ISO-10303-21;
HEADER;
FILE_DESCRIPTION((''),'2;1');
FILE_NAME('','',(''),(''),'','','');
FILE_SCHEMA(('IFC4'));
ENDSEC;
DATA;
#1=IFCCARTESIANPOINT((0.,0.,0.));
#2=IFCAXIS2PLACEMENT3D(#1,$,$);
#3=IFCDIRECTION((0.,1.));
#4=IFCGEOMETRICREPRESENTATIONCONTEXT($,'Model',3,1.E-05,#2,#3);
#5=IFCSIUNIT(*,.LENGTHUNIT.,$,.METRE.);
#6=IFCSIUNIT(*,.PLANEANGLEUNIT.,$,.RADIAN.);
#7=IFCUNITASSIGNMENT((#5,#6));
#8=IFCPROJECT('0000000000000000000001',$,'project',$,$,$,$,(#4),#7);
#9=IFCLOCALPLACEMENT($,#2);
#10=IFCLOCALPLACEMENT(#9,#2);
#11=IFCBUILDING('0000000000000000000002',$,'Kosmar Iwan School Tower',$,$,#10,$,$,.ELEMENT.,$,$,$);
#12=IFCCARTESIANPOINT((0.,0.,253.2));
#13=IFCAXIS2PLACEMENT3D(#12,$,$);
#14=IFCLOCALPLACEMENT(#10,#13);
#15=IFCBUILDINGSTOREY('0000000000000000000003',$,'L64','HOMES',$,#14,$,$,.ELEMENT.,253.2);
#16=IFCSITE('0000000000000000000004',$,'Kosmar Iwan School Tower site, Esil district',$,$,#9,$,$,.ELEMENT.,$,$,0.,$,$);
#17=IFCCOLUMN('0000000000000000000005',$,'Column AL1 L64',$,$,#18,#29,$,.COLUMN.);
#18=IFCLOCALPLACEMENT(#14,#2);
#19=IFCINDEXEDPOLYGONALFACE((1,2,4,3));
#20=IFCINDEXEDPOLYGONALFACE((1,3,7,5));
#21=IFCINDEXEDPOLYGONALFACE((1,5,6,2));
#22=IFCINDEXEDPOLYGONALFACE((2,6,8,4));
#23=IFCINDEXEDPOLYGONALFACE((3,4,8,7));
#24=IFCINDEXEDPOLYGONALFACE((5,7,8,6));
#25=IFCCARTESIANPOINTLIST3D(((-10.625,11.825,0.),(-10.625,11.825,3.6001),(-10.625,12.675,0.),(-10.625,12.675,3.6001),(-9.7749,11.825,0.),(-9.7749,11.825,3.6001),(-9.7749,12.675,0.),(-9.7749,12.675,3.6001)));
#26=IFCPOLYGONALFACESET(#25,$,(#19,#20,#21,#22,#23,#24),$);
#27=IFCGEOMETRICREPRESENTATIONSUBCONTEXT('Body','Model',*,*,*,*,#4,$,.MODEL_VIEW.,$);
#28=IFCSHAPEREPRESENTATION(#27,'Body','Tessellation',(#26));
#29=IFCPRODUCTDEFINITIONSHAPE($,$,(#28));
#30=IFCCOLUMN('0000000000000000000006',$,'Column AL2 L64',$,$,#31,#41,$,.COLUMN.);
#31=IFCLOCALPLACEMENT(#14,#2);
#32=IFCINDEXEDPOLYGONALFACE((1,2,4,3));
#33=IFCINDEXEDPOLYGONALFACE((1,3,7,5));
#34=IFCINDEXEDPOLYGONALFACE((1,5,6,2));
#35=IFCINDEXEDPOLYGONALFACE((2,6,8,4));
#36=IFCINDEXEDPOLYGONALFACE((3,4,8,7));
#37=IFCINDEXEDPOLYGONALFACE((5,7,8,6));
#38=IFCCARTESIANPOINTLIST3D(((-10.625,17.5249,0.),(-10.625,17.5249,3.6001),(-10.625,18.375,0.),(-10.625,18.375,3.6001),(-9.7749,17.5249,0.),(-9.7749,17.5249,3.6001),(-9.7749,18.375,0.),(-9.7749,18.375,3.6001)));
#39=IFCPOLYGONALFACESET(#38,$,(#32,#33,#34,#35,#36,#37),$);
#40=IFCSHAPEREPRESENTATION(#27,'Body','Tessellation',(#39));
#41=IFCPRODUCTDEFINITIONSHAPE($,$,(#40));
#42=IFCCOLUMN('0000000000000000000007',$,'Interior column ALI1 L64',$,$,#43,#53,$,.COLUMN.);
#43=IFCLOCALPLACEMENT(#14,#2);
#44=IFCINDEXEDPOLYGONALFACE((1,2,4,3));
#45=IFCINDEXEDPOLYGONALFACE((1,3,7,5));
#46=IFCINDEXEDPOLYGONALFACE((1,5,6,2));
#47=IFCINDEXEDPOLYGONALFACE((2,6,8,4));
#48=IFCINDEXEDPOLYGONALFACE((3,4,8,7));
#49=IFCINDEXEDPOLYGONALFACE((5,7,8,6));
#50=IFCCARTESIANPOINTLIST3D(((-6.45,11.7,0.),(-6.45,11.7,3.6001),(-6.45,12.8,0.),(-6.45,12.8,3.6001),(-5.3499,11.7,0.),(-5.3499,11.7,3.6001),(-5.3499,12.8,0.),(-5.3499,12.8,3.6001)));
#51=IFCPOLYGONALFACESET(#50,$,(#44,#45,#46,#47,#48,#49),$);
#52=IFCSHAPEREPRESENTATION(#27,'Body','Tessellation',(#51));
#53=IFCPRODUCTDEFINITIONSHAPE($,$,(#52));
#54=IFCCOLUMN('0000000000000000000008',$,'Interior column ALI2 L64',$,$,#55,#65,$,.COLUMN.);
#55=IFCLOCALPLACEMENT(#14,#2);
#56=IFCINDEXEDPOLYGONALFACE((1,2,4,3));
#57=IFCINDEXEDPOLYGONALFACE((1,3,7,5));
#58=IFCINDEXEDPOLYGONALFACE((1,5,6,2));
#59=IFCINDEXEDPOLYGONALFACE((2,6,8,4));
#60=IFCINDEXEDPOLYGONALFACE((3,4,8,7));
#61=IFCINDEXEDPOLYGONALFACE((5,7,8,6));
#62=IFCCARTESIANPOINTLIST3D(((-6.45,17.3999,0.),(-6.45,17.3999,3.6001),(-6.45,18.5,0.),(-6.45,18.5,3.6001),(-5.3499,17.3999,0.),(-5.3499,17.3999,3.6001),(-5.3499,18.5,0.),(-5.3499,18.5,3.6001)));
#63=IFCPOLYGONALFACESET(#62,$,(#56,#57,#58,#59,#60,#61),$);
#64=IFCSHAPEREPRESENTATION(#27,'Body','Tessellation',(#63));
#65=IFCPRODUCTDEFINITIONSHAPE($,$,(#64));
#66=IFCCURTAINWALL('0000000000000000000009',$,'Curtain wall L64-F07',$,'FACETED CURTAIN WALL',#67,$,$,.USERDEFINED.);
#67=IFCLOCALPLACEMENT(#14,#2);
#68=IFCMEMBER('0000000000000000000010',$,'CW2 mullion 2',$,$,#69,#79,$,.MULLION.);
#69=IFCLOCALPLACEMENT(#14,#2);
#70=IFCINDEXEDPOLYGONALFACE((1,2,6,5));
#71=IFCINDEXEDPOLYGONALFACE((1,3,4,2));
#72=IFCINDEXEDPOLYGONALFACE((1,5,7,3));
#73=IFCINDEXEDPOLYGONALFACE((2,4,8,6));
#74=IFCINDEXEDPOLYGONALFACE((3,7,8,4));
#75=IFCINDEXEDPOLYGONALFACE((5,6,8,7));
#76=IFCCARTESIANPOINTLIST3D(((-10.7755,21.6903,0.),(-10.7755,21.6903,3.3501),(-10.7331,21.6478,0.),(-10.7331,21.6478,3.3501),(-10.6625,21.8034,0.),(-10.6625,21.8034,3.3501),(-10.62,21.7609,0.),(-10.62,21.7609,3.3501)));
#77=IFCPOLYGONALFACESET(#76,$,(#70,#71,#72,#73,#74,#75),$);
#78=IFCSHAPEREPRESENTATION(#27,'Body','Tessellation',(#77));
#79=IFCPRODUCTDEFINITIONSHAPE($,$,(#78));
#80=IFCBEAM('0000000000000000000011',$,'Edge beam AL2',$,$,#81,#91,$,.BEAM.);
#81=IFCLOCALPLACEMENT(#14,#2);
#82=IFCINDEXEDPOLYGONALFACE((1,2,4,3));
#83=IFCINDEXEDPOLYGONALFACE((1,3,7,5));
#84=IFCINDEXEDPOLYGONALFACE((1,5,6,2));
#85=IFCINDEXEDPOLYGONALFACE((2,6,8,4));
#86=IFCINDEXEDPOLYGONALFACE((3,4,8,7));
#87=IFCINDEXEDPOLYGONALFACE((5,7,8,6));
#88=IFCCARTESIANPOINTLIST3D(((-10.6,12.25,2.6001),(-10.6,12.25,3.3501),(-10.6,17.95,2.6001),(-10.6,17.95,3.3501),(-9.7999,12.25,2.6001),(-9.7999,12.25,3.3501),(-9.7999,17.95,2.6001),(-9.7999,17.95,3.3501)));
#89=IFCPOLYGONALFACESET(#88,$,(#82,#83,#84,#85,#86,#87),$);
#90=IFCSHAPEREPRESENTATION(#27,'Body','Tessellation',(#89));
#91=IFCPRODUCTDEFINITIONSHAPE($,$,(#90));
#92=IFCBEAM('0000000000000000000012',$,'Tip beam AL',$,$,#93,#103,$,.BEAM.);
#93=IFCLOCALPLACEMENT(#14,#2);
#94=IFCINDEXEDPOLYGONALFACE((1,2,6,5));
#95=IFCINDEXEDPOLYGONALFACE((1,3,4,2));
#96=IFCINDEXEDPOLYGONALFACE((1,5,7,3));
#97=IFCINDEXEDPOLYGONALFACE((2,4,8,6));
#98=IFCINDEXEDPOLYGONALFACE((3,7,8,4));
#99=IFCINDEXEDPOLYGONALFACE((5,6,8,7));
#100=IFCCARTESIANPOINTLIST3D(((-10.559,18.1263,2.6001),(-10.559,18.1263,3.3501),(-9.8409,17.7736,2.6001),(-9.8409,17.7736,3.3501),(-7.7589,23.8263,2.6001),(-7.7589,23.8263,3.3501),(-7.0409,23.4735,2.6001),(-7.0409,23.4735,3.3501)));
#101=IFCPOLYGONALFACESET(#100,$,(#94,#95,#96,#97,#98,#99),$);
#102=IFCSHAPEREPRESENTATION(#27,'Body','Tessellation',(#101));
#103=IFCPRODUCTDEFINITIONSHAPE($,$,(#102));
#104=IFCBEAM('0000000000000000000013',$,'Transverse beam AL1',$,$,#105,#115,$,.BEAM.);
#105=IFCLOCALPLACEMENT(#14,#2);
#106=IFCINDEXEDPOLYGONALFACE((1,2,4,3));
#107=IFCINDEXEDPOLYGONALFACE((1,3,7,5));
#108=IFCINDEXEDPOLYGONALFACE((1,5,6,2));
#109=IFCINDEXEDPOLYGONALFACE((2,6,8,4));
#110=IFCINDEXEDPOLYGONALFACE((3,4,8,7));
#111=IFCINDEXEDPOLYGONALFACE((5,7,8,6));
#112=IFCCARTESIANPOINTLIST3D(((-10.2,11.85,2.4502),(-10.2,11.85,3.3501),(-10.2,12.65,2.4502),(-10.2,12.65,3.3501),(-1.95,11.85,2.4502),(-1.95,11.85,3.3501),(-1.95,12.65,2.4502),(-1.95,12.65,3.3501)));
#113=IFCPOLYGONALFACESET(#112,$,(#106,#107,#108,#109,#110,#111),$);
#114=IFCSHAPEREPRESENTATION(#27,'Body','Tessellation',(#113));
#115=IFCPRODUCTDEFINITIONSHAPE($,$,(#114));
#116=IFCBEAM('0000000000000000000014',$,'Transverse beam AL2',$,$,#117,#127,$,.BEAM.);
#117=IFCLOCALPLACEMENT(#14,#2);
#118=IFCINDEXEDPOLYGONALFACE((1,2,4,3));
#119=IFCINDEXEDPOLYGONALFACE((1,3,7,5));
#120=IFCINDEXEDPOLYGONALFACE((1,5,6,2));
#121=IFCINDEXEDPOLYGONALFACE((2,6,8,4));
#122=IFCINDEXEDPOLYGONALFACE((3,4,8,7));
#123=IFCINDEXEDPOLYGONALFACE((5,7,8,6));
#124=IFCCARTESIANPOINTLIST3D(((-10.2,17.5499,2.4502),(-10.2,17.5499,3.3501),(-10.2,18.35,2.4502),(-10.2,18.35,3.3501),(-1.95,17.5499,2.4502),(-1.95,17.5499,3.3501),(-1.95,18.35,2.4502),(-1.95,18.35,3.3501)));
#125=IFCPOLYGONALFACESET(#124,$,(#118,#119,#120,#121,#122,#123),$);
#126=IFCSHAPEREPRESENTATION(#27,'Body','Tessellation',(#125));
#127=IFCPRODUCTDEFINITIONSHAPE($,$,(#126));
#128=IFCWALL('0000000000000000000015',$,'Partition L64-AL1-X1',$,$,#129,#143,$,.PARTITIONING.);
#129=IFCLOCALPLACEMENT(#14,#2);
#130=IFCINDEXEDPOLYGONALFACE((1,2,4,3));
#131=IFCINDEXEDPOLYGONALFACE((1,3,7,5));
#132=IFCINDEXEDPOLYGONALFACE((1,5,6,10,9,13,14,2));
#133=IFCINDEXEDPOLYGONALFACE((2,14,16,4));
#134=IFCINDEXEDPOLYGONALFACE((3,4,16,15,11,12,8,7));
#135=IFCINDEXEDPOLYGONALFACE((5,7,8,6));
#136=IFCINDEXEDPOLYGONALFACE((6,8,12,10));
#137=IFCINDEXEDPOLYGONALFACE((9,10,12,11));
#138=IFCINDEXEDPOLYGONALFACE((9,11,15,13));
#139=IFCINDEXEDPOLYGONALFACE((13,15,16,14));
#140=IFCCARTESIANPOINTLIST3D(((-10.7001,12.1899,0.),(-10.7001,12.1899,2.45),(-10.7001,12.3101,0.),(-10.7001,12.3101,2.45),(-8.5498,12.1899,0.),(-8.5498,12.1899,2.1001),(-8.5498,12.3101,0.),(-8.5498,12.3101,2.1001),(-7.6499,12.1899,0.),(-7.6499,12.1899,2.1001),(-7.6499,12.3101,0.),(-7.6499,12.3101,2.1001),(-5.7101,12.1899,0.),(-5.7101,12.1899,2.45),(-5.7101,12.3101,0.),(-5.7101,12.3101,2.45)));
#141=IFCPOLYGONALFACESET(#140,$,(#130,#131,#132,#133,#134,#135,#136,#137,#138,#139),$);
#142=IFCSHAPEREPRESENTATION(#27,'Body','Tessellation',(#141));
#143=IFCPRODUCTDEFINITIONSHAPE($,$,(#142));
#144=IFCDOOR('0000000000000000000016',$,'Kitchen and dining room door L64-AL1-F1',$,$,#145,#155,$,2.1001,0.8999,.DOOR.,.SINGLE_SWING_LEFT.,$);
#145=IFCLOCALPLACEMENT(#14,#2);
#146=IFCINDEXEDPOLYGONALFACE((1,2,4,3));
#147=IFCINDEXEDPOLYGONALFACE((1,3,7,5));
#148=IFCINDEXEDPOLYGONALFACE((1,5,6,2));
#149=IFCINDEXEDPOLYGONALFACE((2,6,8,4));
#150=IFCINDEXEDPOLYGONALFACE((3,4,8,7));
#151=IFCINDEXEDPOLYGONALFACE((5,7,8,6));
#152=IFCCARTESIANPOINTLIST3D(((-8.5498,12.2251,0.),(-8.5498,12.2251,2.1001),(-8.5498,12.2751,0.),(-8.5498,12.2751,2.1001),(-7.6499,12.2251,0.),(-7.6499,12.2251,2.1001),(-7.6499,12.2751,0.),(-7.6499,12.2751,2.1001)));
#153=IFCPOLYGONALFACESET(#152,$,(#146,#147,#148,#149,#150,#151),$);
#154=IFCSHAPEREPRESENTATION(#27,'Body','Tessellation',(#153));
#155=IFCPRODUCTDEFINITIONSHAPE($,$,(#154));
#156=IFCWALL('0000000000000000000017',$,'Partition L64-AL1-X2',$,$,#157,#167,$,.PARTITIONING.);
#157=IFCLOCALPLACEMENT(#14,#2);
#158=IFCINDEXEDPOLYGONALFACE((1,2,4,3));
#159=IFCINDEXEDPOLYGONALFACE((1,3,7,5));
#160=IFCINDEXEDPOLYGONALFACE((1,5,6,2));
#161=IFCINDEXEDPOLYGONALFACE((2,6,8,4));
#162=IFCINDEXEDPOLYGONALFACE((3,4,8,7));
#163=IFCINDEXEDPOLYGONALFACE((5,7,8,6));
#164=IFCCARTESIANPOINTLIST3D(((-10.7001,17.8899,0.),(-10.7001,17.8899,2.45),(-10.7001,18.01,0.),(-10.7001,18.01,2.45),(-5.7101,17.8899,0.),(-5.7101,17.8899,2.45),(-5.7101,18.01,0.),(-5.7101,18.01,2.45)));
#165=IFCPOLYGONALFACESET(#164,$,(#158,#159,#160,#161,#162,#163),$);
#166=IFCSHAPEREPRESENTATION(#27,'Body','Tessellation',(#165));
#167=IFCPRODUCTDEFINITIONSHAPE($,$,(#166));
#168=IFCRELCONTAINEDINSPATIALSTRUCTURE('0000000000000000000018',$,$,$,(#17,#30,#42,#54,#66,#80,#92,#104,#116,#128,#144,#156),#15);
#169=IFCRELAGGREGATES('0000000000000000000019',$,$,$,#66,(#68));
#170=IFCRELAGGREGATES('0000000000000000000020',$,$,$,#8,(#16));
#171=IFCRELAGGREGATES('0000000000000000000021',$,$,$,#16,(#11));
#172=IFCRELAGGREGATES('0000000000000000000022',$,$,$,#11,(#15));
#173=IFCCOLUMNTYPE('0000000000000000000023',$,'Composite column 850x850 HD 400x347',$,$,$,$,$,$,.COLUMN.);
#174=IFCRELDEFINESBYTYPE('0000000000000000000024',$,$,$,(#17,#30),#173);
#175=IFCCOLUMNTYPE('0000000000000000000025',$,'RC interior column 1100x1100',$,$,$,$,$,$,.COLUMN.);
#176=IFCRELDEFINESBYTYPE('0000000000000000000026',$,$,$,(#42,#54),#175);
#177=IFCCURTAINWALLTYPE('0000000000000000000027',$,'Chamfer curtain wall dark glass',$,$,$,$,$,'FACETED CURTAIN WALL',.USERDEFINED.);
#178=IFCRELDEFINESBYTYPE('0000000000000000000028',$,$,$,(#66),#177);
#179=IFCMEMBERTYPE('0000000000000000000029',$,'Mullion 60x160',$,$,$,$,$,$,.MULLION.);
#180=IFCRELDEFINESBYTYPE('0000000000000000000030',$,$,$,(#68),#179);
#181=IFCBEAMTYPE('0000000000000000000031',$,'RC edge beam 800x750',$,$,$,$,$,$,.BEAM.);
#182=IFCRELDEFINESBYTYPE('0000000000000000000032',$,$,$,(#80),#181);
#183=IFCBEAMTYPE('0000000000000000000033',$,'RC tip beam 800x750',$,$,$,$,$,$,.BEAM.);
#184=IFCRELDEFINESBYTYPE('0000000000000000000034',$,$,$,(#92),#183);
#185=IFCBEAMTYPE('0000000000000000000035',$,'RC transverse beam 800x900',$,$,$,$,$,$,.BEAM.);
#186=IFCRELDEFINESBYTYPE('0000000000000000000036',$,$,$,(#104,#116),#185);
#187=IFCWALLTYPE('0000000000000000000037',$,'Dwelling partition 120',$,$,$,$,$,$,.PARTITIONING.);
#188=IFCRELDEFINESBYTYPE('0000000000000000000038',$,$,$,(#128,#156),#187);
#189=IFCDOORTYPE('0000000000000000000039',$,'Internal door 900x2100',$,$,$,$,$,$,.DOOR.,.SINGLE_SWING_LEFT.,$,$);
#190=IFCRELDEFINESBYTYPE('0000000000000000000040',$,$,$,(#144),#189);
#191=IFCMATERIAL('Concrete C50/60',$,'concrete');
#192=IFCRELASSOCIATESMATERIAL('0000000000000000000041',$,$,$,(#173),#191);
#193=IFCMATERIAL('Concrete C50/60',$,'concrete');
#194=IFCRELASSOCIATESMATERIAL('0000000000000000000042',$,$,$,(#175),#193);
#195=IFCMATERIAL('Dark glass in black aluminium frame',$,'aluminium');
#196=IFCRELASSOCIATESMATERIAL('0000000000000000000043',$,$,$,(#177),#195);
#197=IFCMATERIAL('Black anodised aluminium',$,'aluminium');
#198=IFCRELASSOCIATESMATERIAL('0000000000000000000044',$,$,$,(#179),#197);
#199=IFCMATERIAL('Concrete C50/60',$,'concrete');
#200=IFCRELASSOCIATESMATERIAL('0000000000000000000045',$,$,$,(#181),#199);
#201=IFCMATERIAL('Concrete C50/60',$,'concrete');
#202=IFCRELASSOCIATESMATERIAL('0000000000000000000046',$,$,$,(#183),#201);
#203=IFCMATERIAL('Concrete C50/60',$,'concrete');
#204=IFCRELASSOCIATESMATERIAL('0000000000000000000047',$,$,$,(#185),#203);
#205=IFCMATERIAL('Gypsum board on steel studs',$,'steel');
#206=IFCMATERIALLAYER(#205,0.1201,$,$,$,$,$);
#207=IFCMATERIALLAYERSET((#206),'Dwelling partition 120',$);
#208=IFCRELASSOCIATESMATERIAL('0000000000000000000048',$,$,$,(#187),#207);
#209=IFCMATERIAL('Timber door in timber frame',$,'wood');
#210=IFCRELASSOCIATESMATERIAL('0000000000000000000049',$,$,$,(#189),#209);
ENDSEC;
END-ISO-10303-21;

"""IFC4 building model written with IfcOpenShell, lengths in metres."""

from ifc_helpers import new_model, si_unit, direction, frame, frame_2d, origin, origin_2d, place, context, subcontext, project, spatial, rectangle, extrude, material, layer, layer_set, material_profile, profile_set, type_object, element, fill, aggregate, save


model = new_model("IFC4")

# Units and contexts
model_context = context("Model", 3, precision=1e-05, world=origin(), true_north=direction((0.0, 1.0)))
body_context = subcontext(model_context, "Body", "Model", "MODEL_VIEW")
ifc_project = project(units=[si_unit("LENGTHUNIT", "METRE"), si_unit("PLANEANGLEUNIT", "RADIAN")], contexts=[model_context])

# Site, building, storey
site_placement = place(None, origin())
site = spatial("IfcSite", under=ifc_project, at=site_placement, Name="Kosmar Iwan School Tower site, Esil district", CompositionType="ELEMENT", RefElevation=0.0)
building_placement = place(site_placement, origin())
building = spatial("IfcBuilding", under=site, at=building_placement, Name="Kosmar Iwan School Tower", CompositionType="ELEMENT")
storey_placement = place(building_placement, frame((0.0, 0.0, 253.2)))
storey = spatial("IfcBuildingStorey", under=building, at=storey_placement, Name="L64", Description="HOMES", CompositionType="ELEMENT", Elevation=253.2)

# Columns
ifc_material_1 = material(Name="Concrete C50/60", Category="concrete")
ifc_material_profile_1 = material_profile(ifc_material_1, rectangle(XDim=0.8501, YDim=0.8501, at=origin_2d()), Name="RC 850x850 + HD 400x347")
ifc_profile_set_1 = profile_set([ifc_material_profile_1], Name="Concrete C50/60")
column_type_1 = type_object("IfcColumnType", Name="Composite column 850x850 HD 400x347", PredefinedType="COLUMN", material=ifc_profile_set_1)
for number, where, z_axis, x_axis, name in (
    (1, (-10.2, 12.25, 0.0), (0.0, 0.0, 1.0), (0.0, 1.0, 0.0), "Column AL1 L64"),
    (2, (-10.2, 17.95, 0.0), (0.0, 0.0, 1.0), (0.0, 1.0, 0.0), "Column AL2 L64"),
):
    element("IfcColumn", number, at=place(storey_placement, frame(where, z_axis=z_axis, x_axis=x_axis)), inside=storey, type_object=column_type_1, Name=name, PredefinedType="COLUMN", context=body_context, shape_type="SweptSolid", body=[
        extrude(rectangle(XDim=0.8501, YDim=0.8501, at=origin_2d()), origin(), (0.0, 0.0, 1.0), 3.6001),
    ])
ifc_material_2 = material(Name="Concrete C50/60", Category="concrete")
ifc_material_profile_2 = material_profile(ifc_material_2, rectangle(XDim=1.1001, YDim=1.1001, at=origin_2d()), Name="RC 1100x1100")
ifc_profile_set_2 = profile_set([ifc_material_profile_2], Name="Concrete C50/60")
column_type_2 = type_object("IfcColumnType", Name="RC interior column 1100x1100", PredefinedType="COLUMN", material=ifc_profile_set_2)
for number, where, z_axis, x_axis, name in (
    (3, (-5.8999, 12.25, 0.0), (0.0, 0.0, 1.0), (0.0, 1.0, 0.0), "Interior column ALI1 L64"),
    (4, (-5.8999, 17.95, 0.0), (0.0, 0.0, 1.0), (0.0, 1.0, 0.0), "Interior column ALI2 L64"),
):
    element("IfcColumn", number, at=place(storey_placement, frame(where, z_axis=z_axis, x_axis=x_axis)), inside=storey, type_object=column_type_2, Name=name, PredefinedType="COLUMN", context=body_context, shape_type="SweptSolid", body=[
        extrude(rectangle(XDim=1.1001, YDim=1.1001, at=origin_2d()), origin(), (0.0, 0.0, 1.0), 3.6001),
    ])

# Curtain wall, member
ifc_material_3 = material(Name="Dark glass in black aluminium frame", Category="aluminium")
curtain_wall_type = type_object("IfcCurtainWallType", Name="Chamfer curtain wall dark glass", ElementType="FACETED CURTAIN WALL", PredefinedType="USERDEFINED", material=ifc_material_3)
curtain_wall_placement = place(storey_placement, origin())
curtain_wall = element("IfcCurtainWall", 5, at=curtain_wall_placement, inside=storey, type_object=curtain_wall_type, Name="Curtain wall L64-F07", ObjectType="FACETED CURTAIN WALL", PredefinedType="USERDEFINED")
ifc_material_4 = material(Name="Black anodised aluminium", Category="aluminium")
ifc_material_profile_3 = material_profile(ifc_material_4, rectangle(XDim=0.0601, YDim=0.1599, at=origin_2d()), Name="MULLION 60x160")
ifc_profile_set_3 = profile_set([ifc_material_profile_3], Name="Black anodised aluminium")
member_type = type_object("IfcMemberType", Name="Mullion 60x160", PredefinedType="MULLION", material=ifc_profile_set_3)
member_placement = place(storey_placement, frame((-10.6978, 21.7256, 0.0), z_axis=(0.0, 0.0, 1.0), x_axis=(0.707107, -0.707107, 0.0)))
member = element("IfcMember", 6, at=member_placement, type_object=member_type, Name="CW2 mullion 2", PredefinedType="MULLION", context=body_context, shape_type="SweptSolid", body=[
    extrude(rectangle(XDim=0.0601, YDim=0.1599, at=origin_2d()), origin(), (0.0, 0.0, 1.0), 3.3501),
])
aggregate(curtain_wall, [member])

# Beams
ifc_material_5 = material(Name="Concrete C50/60", Category="concrete")
ifc_material_profile_4 = material_profile(ifc_material_5, rectangle(XDim=0.8, YDim=0.75, at=origin_2d()), Name="RC 800x750")
ifc_profile_set_4 = profile_set([ifc_material_profile_4], Name="Concrete C50/60")
beam_type_1 = type_object("IfcBeamType", Name="RC edge beam 800x750", PredefinedType="BEAM", material=ifc_profile_set_4)
beam_1_placement = place(storey_placement, frame((-10.2, 12.25, 2.9751), z_axis=(0.0, 1.0, 0.0), x_axis=(-1.0, 0.0, 0.0)))
element("IfcBeam", 7, at=beam_1_placement, inside=storey, type_object=beam_type_1, Name="Edge beam AL2", PredefinedType="BEAM", context=body_context, shape_type="SweptSolid", body=[
    extrude(rectangle(XDim=0.8, YDim=0.75, at=origin_2d()), origin(), (0.0, 0.0, 1.0), 5.7),
])
ifc_material_6 = material(Name="Concrete C50/60", Category="concrete")
ifc_material_profile_5 = material_profile(ifc_material_6, rectangle(XDim=0.8, YDim=0.75, at=origin_2d()), Name="RC 800x750")
ifc_profile_set_5 = profile_set([ifc_material_profile_5], Name="Concrete C50/60")
beam_type_2 = type_object("IfcBeamType", Name="RC tip beam 800x750", PredefinedType="BEAM", material=ifc_profile_set_5)
beam_2_placement = place(storey_placement, frame((-10.2, 17.95, 2.9751), z_axis=(0.440913, 0.89755, 0.0), x_axis=(-0.89755, 0.440913, 0.0)))
element("IfcBeam", 8, at=beam_2_placement, inside=storey, type_object=beam_type_2, Name="Tip beam AL", PredefinedType="BEAM", context=body_context, shape_type="SweptSolid", body=[
    extrude(rectangle(XDim=0.8, YDim=0.75, at=origin_2d()), origin(), (0.0, 0.0, 1.0), 6.3506),
])
ifc_material_7 = material(Name="Concrete C50/60", Category="concrete")
ifc_material_profile_6 = material_profile(ifc_material_7, rectangle(XDim=0.8, YDim=0.8999, at=origin_2d()), Name="RC 800x900")
ifc_profile_set_6 = profile_set([ifc_material_profile_6], Name="Concrete C50/60")
beam_type_3 = type_object("IfcBeamType", Name="RC transverse beam 800x900", PredefinedType="BEAM", material=ifc_profile_set_6)
for number, where, z_axis, x_axis, name in (
    (9, (-10.2, 12.25, 2.9001), (1.0, 0.0, 0.0), (0.0, 1.0, 0.0), "Transverse beam AL1"),
    (10, (-10.2, 17.95, 2.9001), (1.0, 0.0, 0.0), (0.0, 1.0, 0.0), "Transverse beam AL2"),
):
    element("IfcBeam", number, at=place(storey_placement, frame(where, z_axis=z_axis, x_axis=x_axis)), inside=storey, type_object=beam_type_3, Name=name, PredefinedType="BEAM", context=body_context, shape_type="SweptSolid", body=[
        extrude(rectangle(XDim=0.8, YDim=0.8999, at=origin_2d()), origin(), (0.0, 0.0, 1.0), 8.25),
    ])

# Wall, opening, door
ifc_material_8 = material(Name="Gypsum board on steel studs", Category="steel")
ifc_layer = layer(ifc_material_8, 0.1201)
ifc_layer_set = layer_set([ifc_layer], Name="Dwelling partition 120")
wall_type = type_object("IfcWallType", Name="Dwelling partition 120", PredefinedType="PARTITIONING", material=ifc_layer_set)
wall_1_placement = place(storey_placement, frame((-5.71, 12.25, 0.0), z_axis=(0.0, 0.0, 1.0), x_axis=(-1.0, 0.0, 0.0)))
wall_1 = element("IfcWall", 11, at=wall_1_placement, inside=storey, type_object=wall_type, Name="Partition L64-AL1-X1", PredefinedType="PARTITIONING", context=body_context, shape_type="SweptSolid", body=[
    extrude(rectangle(XDim=4.99, YDim=0.1201, at=frame_2d((2.4951, 0.0))), origin(), (0.0, 0.0, 1.0), 2.45),
])
opening_placement = place(wall_1_placement, frame((1.9399, 0.0, 0.0)))
opening = element("IfcOpeningElement", 12, at=opening_placement, cuts=wall_1, PredefinedType="OPENING", context=body_context, shape_type="SweptSolid", body=[
    extrude(rectangle(XDim=0.8999, YDim=2.1001, at=frame_2d((0.45, 1.05))), frame((0.0, 0.072, 0.0), z_axis=(0.0, -1.0, 0.0), x_axis=(1.0, 0.0, 0.0)), (0.0, 0.0, 1.0), 0.144),
])
ifc_material_9 = material(Name="Timber door in timber frame", Category="wood")
door_type = type_object("IfcDoorType", Name="Internal door 900x2100", OperationType="SINGLE_SWING_LEFT", PredefinedType="DOOR", material=ifc_material_9)
door_placement = place(opening_placement, origin())
door = element("IfcDoor", 13, at=door_placement, inside=storey, type_object=door_type, Name="Kitchen and dining room door L64-AL1-F1", OperationType="SINGLE_SWING_LEFT", OverallHeight=2.1001, OverallWidth=0.8999, PredefinedType="DOOR", context=body_context, shape_type="SweptSolid", body=[
    extrude(rectangle(XDim=0.8999, YDim=2.1001, at=frame_2d((0.45, 1.05))), frame((0.0, 0.0249, 0.0), z_axis=(0.0, -1.0, 0.0), x_axis=(1.0, 0.0, 0.0)), (0.0, 0.0, 1.0), 0.05),
])
fill(opening, door)

# Wall
wall_2_placement = place(storey_placement, frame((-5.71, 17.95, 0.0), z_axis=(0.0, 0.0, 1.0), x_axis=(-1.0, 0.0, 0.0)))
element("IfcWall", 14, at=wall_2_placement, inside=storey, type_object=wall_type, Name="Partition L64-AL1-X2", PredefinedType="PARTITIONING", context=body_context, shape_type="SweptSolid", body=[
    extrude(rectangle(XDim=4.99, YDim=0.1201, at=frame_2d((2.4951, 0.0))), origin(), (0.0, 0.0, 1.0), 2.45),
])

save(model, "model.ifc")
